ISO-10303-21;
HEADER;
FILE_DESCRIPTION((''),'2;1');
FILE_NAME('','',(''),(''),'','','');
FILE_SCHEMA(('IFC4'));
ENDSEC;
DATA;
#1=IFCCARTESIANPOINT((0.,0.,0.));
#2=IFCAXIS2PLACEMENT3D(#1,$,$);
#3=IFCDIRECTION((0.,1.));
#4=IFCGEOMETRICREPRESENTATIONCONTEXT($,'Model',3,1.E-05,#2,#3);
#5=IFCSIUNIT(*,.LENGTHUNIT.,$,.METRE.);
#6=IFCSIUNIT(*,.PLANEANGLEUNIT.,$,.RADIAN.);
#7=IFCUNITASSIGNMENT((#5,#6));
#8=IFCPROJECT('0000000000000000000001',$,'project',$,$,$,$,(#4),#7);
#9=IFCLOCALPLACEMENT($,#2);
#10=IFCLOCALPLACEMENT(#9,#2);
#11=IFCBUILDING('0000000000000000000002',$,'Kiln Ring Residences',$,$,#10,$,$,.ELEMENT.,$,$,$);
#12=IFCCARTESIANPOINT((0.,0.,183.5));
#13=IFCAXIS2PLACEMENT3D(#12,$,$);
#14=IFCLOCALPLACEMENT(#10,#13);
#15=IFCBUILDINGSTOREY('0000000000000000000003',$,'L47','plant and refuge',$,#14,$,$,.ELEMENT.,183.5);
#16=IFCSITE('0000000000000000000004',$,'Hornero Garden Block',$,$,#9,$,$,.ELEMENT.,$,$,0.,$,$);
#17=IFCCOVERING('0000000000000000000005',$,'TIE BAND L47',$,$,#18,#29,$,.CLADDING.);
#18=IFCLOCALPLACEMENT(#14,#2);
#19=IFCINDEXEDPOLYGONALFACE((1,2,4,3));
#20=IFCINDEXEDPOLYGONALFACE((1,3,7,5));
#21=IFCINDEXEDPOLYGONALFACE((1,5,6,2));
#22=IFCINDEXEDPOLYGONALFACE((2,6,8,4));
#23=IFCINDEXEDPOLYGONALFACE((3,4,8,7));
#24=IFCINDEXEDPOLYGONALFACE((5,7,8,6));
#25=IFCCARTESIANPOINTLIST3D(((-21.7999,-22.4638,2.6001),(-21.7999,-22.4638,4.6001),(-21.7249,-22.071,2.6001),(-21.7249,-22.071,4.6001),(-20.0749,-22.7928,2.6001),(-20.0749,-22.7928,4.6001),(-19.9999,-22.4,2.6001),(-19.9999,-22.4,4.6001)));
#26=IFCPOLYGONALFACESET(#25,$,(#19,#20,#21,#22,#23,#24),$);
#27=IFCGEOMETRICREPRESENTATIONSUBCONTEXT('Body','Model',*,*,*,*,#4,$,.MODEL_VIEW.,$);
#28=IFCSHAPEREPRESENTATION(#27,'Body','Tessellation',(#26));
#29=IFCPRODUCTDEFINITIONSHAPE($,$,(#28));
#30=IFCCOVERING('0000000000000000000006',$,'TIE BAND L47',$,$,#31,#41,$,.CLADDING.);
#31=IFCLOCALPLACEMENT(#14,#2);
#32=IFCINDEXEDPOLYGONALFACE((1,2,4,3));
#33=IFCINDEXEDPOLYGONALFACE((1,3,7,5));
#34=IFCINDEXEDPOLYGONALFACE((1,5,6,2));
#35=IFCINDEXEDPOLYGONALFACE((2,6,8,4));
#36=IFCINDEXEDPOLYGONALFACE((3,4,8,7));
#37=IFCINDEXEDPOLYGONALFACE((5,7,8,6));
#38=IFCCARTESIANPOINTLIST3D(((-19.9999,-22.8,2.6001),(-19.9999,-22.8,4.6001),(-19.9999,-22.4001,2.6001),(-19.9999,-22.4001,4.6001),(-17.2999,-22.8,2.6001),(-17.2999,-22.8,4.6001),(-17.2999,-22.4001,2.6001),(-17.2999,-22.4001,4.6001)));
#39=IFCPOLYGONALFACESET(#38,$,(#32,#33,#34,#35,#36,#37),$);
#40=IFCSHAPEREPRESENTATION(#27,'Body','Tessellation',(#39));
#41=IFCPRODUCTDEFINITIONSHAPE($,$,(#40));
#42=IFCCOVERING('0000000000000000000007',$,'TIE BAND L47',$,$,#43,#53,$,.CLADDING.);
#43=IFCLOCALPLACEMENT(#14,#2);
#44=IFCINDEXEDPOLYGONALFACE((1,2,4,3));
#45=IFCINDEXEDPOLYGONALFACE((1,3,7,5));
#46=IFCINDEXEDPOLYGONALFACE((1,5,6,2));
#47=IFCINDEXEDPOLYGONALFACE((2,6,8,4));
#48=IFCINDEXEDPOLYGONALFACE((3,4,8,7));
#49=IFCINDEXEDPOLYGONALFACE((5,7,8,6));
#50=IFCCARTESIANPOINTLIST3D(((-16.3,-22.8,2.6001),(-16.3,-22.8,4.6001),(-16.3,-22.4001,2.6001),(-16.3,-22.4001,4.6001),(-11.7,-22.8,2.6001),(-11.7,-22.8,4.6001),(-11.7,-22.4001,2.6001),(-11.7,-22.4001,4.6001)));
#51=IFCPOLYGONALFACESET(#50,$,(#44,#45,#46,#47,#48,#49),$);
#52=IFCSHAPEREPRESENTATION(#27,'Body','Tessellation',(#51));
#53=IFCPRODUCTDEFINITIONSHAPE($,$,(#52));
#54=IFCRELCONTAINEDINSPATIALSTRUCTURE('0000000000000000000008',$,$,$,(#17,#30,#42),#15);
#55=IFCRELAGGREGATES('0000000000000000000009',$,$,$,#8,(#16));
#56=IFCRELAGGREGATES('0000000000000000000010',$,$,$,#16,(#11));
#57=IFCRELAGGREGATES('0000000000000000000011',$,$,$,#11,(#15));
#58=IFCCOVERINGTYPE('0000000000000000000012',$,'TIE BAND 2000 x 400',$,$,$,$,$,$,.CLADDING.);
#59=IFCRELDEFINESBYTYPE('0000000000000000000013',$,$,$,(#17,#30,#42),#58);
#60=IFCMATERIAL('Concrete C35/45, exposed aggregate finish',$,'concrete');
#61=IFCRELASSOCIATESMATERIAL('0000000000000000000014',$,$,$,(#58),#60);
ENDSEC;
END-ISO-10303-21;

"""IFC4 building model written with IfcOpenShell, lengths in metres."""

from ifc_helpers import new_model, si_unit, direction, frame, origin, origin_2d, place, context, subcontext, project, spatial, rectangle, extrude, material, type_object, element, save


model = new_model("IFC4")

# Units and contexts
model_context = context("Model", 3, precision=1e-05, world=origin(), true_north=direction((0.0, 1.0)))
body_context = subcontext(model_context, "Body", "Model", "MODEL_VIEW")
ifc_project = project(units=[si_unit("LENGTHUNIT", "METRE"), si_unit("PLANEANGLEUNIT", "RADIAN")], contexts=[model_context])

# Site, building, storey
site_placement = place(None, origin())
site = spatial("IfcSite", under=ifc_project, at=site_placement, Name="Hornero Garden Block", CompositionType="ELEMENT", RefElevation=0.0)
building_placement = place(site_placement, origin())
building = spatial("IfcBuilding", under=site, at=building_placement, Name="Kiln Ring Residences", CompositionType="ELEMENT")
storey_placement = place(building_placement, frame((0.0, 0.0, 183.5)))
storey = spatial("IfcBuildingStorey", under=building, at=storey_placement, Name="L47", Description="plant and refuge", CompositionType="ELEMENT", Elevation=183.5)

# Coverings
ifc_material_1 = material(Name="Concrete C35/45, exposed aggregate finish", Category="concrete")
covering_type = type_object("IfcCoveringType", Name="TIE BAND 2000 x 400", PredefinedType="CLADDING", material=ifc_material_1)
covering_1_placement = place(storey_placement, frame((-20.8999, -22.4319, 2.6001), z_axis=(0.0, 0.0, 1.0), x_axis=(0.98229, -0.187366, 0.0)))
element("IfcCovering", 1, at=covering_1_placement, inside=storey, type_object=covering_type, Name="TIE BAND L47", PredefinedType="CLADDING", context=body_context, shape_type="SweptSolid", body=[
    extrude(rectangle(XDim=1.7561, YDim=0.3999, at=origin_2d()), origin(), (0.0, 0.0, 1.0), 2.0),
])
covering_2_placement = place(storey_placement, frame((-18.6499, -22.6001, 2.6001), z_axis=(0.0, 0.0, 1.0), x_axis=(1.0, 0.0, 0.0)))
element("IfcCovering", 2, at=covering_2_placement, inside=storey, type_object=covering_type, Name="TIE BAND L47", PredefinedType="CLADDING", context=body_context, shape_type="SweptSolid", body=[
    extrude(rectangle(XDim=2.7, YDim=0.3999, at=origin_2d()), origin(), (0.0, 0.0, 1.0), 2.0),
])
covering_3_placement = place(storey_placement, frame((-14.0, -22.6001, 2.6001), z_axis=(0.0, 0.0, 1.0), x_axis=(1.0, 0.0, 0.0)))
element("IfcCovering", 3, at=covering_3_placement, inside=storey, type_object=covering_type, Name="TIE BAND L47", PredefinedType="CLADDING", context=body_context, shape_type="SweptSolid", body=[
    extrude(rectangle(XDim=4.6001, YDim=0.3999, at=origin_2d()), origin(), (0.0, 0.0, 1.0), 2.0),
])

save(model, "model.ifc")
